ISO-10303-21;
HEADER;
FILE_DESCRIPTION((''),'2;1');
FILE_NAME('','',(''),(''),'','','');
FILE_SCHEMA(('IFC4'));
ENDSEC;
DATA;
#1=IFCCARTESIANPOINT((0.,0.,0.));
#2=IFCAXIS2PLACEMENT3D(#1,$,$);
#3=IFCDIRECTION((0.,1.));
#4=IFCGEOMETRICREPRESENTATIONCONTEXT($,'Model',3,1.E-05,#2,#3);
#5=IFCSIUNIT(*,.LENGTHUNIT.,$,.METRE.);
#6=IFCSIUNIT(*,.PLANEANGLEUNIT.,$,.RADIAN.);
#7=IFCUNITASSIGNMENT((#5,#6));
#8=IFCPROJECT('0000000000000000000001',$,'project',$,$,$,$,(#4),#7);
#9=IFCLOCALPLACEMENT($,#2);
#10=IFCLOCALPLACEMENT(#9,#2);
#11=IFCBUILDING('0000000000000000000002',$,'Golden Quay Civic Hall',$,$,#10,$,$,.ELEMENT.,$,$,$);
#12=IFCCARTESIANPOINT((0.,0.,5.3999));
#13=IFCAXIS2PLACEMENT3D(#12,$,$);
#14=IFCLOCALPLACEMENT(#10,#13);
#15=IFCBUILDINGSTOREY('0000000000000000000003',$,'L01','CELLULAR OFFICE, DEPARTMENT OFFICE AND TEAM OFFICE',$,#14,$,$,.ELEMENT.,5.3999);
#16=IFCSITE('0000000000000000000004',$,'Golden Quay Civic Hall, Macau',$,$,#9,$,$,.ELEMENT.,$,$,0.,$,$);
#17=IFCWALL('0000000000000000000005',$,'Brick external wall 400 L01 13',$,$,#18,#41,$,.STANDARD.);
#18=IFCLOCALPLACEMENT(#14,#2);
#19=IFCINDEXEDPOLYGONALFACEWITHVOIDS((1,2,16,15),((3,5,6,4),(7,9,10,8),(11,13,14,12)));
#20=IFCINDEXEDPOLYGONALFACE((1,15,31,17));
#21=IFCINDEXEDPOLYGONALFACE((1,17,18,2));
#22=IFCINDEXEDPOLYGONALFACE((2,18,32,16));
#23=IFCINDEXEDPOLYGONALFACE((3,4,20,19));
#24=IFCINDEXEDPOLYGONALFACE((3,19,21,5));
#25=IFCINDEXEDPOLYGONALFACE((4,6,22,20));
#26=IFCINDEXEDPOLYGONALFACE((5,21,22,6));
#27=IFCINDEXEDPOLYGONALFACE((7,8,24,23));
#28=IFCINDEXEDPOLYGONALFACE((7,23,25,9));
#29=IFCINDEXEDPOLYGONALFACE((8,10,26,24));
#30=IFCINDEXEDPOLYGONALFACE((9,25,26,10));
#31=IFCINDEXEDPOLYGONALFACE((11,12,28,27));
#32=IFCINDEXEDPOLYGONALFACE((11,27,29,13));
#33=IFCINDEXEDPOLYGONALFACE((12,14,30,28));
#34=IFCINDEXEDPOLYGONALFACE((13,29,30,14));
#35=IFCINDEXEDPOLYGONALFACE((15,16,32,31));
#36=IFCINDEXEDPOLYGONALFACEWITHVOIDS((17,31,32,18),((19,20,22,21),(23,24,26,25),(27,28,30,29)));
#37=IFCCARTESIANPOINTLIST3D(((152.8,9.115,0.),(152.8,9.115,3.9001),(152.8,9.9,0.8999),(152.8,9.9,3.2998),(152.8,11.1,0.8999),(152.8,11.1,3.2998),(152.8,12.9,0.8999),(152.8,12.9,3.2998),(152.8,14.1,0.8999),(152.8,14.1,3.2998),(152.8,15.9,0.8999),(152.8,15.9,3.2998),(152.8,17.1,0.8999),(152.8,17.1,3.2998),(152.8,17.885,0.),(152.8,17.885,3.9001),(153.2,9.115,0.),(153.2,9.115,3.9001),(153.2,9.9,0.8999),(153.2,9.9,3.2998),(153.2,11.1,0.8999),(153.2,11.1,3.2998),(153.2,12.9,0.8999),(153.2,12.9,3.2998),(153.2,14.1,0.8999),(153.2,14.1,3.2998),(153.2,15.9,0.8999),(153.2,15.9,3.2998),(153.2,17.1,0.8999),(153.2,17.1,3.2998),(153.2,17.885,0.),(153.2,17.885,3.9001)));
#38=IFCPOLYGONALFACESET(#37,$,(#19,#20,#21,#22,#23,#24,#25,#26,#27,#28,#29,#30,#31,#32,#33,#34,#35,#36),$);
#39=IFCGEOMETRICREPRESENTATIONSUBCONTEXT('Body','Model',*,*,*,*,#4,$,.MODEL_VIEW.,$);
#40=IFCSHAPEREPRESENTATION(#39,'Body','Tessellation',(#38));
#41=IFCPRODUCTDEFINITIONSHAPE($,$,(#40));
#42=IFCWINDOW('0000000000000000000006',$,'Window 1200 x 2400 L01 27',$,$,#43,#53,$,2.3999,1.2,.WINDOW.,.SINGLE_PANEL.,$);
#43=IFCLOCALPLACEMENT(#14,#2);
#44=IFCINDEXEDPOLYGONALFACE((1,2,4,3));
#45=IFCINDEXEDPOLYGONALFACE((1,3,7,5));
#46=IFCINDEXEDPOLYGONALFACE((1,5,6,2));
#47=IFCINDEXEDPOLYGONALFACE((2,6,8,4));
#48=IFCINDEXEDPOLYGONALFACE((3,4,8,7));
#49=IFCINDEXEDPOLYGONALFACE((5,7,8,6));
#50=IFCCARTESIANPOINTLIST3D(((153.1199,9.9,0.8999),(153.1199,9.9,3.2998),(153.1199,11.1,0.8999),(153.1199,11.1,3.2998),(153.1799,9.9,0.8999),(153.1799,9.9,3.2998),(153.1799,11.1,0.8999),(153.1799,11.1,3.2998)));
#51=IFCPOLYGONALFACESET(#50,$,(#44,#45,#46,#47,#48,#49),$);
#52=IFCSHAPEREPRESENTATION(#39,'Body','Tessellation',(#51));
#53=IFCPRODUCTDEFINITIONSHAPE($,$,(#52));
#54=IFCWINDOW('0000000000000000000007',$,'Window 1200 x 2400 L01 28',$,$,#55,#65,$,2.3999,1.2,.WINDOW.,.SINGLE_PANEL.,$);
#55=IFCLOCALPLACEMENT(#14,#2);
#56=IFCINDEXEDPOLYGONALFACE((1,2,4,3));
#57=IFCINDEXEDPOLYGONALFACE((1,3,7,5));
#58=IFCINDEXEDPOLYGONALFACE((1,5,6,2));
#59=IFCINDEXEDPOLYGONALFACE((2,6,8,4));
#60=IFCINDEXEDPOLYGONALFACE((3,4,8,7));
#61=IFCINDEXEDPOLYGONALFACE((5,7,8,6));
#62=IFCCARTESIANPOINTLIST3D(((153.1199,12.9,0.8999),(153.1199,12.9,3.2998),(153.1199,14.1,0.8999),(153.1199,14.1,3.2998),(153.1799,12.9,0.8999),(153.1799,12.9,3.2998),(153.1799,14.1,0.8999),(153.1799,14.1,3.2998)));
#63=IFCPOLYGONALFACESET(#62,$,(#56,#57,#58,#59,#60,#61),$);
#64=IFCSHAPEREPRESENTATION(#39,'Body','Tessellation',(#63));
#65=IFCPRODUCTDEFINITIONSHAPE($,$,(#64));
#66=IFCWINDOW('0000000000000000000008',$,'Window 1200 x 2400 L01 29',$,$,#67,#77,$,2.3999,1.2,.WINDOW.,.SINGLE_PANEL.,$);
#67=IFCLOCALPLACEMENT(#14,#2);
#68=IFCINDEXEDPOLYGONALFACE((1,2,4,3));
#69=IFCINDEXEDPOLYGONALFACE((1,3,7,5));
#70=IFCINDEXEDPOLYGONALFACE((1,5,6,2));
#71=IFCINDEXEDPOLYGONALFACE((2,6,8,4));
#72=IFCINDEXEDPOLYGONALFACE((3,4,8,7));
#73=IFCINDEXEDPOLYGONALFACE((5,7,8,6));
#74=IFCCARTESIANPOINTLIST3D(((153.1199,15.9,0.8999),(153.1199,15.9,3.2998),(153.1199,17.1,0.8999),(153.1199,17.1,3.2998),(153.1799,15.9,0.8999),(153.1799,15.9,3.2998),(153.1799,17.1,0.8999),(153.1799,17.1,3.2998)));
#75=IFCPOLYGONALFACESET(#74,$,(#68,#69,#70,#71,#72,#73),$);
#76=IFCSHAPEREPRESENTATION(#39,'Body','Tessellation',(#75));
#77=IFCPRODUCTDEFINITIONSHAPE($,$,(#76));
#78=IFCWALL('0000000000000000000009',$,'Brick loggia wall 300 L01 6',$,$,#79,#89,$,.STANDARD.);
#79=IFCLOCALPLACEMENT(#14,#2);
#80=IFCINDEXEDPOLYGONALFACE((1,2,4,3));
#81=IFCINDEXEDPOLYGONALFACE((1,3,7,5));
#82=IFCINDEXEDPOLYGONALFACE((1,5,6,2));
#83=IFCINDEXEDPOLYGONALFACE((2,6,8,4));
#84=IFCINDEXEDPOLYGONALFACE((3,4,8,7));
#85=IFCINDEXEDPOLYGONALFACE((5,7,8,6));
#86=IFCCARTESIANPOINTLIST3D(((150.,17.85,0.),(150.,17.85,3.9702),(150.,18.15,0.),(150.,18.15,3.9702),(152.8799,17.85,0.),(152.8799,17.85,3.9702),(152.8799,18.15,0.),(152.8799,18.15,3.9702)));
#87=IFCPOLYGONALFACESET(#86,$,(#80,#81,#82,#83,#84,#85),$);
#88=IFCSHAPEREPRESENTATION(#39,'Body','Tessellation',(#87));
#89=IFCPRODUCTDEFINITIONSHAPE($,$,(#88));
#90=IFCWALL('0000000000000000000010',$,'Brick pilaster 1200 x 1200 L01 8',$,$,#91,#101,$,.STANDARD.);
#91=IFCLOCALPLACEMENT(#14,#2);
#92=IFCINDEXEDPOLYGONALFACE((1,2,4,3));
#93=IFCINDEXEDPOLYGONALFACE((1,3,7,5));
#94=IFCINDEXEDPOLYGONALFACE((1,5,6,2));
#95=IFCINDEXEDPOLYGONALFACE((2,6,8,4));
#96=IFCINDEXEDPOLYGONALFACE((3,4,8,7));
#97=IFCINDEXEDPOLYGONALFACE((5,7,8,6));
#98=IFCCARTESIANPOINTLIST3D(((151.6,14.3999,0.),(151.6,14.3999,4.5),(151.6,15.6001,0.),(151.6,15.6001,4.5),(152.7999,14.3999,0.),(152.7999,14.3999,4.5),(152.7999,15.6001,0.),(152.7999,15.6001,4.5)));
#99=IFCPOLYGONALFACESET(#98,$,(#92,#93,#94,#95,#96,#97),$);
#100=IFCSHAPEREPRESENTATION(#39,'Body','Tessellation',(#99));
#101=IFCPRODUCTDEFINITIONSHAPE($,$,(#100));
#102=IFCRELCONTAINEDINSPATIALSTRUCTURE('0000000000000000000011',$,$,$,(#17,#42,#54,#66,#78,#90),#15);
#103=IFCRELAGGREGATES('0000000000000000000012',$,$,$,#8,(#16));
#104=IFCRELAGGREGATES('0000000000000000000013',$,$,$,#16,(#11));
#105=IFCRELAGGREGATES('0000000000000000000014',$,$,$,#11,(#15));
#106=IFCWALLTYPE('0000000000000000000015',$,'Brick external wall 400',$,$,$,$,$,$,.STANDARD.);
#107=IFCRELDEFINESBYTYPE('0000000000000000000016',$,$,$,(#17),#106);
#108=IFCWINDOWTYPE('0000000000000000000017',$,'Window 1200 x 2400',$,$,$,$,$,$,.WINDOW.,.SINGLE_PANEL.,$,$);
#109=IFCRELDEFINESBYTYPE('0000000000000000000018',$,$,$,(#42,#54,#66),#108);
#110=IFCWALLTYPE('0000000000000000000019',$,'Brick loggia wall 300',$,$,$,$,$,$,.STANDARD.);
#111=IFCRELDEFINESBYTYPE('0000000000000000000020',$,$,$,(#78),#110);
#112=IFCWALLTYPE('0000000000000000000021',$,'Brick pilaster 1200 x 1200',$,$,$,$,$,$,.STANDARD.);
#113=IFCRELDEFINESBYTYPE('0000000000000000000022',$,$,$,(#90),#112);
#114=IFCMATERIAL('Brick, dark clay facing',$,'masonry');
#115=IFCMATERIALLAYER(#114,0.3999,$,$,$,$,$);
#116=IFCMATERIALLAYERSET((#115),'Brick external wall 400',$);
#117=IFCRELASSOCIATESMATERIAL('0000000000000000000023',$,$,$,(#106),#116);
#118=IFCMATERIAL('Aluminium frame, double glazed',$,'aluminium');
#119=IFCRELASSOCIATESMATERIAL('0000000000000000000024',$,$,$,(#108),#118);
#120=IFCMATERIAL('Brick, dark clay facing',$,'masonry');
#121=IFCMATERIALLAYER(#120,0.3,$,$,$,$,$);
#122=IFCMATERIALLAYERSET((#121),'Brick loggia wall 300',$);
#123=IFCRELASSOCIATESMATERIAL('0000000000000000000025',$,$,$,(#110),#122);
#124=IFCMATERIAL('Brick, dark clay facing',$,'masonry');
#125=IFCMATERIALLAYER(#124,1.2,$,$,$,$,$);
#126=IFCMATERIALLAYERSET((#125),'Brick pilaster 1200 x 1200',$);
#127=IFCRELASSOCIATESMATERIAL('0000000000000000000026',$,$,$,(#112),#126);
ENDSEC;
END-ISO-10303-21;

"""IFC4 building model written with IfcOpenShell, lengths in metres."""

from ifc_helpers import new_model, si_unit, direction, frame, frame_2d, origin, place, context, subcontext, project, spatial, rectangle, extrude, material, layer, layer_set, type_object, element, fill, save


model = new_model("IFC4")

# Units and contexts
model_context = context("Model", 3, precision=1e-05, world=origin(), true_north=direction((0.0, 1.0)))
body_context = subcontext(model_context, "Body", "Model", "MODEL_VIEW")
ifc_project = project(units=[si_unit("LENGTHUNIT", "METRE"), si_unit("PLANEANGLEUNIT", "RADIAN")], contexts=[model_context])

# Site, building, storey
site_placement = place(None, origin())
site = spatial("IfcSite", under=ifc_project, at=site_placement, Name="Golden Quay Civic Hall, Macau", CompositionType="ELEMENT", RefElevation=0.0)
building_placement = place(site_placement, origin())
building = spatial("IfcBuilding", under=site, at=building_placement, Name="Golden Quay Civic Hall", CompositionType="ELEMENT")
storey_placement = place(building_placement, frame((0.0, 0.0, 5.3999)))
storey = spatial("IfcBuildingStorey", under=building, at=storey_placement, Name="L01", Description="CELLULAR OFFICE, DEPARTMENT OFFICE AND TEAM OFFICE", CompositionType="ELEMENT", Elevation=5.3999)

# Wall, openings, windows
ifc_material_1 = material(Name="Brick, dark clay facing", Category="masonry")
ifc_layer_1 = layer(ifc_material_1, 0.3999)
ifc_layer_set_1 = layer_set([ifc_layer_1], Name="Brick external wall 400")
wall_type_1 = type_object("IfcWallType", Name="Brick external wall 400", PredefinedType="STANDARD", material=ifc_layer_set_1)
wall_1_placement = place(storey_placement, frame((153.0, 9.115, 0.0), z_axis=(0.0, 0.0, 1.0), x_axis=(0.0, 1.0, 0.0)))
wall_1 = element("IfcWall", 1, at=wall_1_placement, inside=storey, type_object=wall_type_1, Name="Brick external wall 400 L01 13", PredefinedType="STANDARD", context=body_context, shape_type="SweptSolid", body=[
    extrude(rectangle(XDim=8.77, YDim=0.3999, at=frame_2d((4.385, 0.0))), origin(), (0.0, 0.0, 1.0), 3.9001),
])
opening_1_placement = place(wall_1_placement, frame((0.7849, 0.0, 0.8999)))
opening_1 = element("IfcOpeningElement", 2, at=opening_1_placement, cuts=wall_1, PredefinedType="OPENING", context=body_context, shape_type="SweptSolid", body=[
    extrude(rectangle(XDim=1.2, YDim=2.3999, at=frame_2d((0.6001, 1.2))), frame((0.0, 0.21, 0.0), z_axis=(0.0, -1.0, 0.0), x_axis=(1.0, 0.0, 0.0)), (0.0, 0.0, 1.0), 0.4199),
])
opening_2_placement = place(wall_1_placement, frame((3.7849, 0.0, 0.8999)))
opening_2 = element("IfcOpeningElement", 3, at=opening_2_placement, cuts=wall_1, PredefinedType="OPENING", context=body_context, shape_type="SweptSolid", body=[
    extrude(rectangle(XDim=1.2, YDim=2.3999, at=frame_2d((0.6001, 1.2))), frame((0.0, 0.21, 0.0), z_axis=(0.0, -1.0, 0.0), x_axis=(1.0, 0.0, 0.0)), (0.0, 0.0, 1.0), 0.4199),
])
opening_3_placement = place(wall_1_placement, frame((6.7849, 0.0, 0.8999)))
opening_3 = element("IfcOpeningElement", 4, at=opening_3_placement, cuts=wall_1, PredefinedType="OPENING", context=body_context, shape_type="SweptSolid", body=[
    extrude(rectangle(XDim=1.2, YDim=2.3999, at=frame_2d((0.6001, 1.2))), frame((0.0, 0.21, 0.0), z_axis=(0.0, -1.0, 0.0), x_axis=(1.0, 0.0, 0.0)), (0.0, 0.0, 1.0), 0.4199),
])
ifc_material_2 = material(Name="Aluminium frame, double glazed", Category="aluminium")
window_type = type_object("IfcWindowType", Name="Window 1200 x 2400", PartitioningType="SINGLE_PANEL", PredefinedType="WINDOW", material=ifc_material_2)
window_1_placement = place(opening_1_placement, origin())
window_1 = element("IfcWindow", 5, at=window_1_placement, inside=storey, type_object=window_type, Name="Window 1200 x 2400 L01 27", OverallHeight=2.3999, OverallWidth=1.2, PartitioningType="SINGLE_PANEL", PredefinedType="WINDOW", context=body_context, shape_type="SweptSolid", body=[
    extrude(rectangle(XDim=1.2, YDim=2.3999, at=frame_2d((0.6001, 1.2))), frame((0.0, -0.1199, 0.0), z_axis=(0.0, -1.0, 0.0), x_axis=(1.0, 0.0, 0.0)), (0.0, 0.0, 1.0), 0.0601),
])
fill(opening_1, window_1)
window_2_placement = place(opening_2_placement, origin())
window_2 = element("IfcWindow", 6, at=window_2_placement, inside=storey, type_object=window_type, Name="Window 1200 x 2400 L01 28", OverallHeight=2.3999, OverallWidth=1.2, PartitioningType="SINGLE_PANEL", PredefinedType="WINDOW", context=body_context, shape_type="SweptSolid", body=[
    extrude(rectangle(XDim=1.2, YDim=2.3999, at=frame_2d((0.6001, 1.2))), frame((0.0, -0.1199, 0.0), z_axis=(0.0, -1.0, 0.0), x_axis=(1.0, 0.0, 0.0)), (0.0, 0.0, 1.0), 0.0601),
])
fill(opening_2, window_2)
window_3_placement = place(opening_3_placement, origin())
window_3 = element("IfcWindow", 7, at=window_3_placement, inside=storey, type_object=window_type, Name="Window 1200 x 2400 L01 29", OverallHeight=2.3999, OverallWidth=1.2, PartitioningType="SINGLE_PANEL", PredefinedType="WINDOW", context=body_context, shape_type="SweptSolid", body=[
    extrude(rectangle(XDim=1.2, YDim=2.3999, at=frame_2d((0.6001, 1.2))), frame((0.0, -0.1199, 0.0), z_axis=(0.0, -1.0, 0.0), x_axis=(1.0, 0.0, 0.0)), (0.0, 0.0, 1.0), 0.0601),
])
fill(opening_3, window_3)

# Walls
ifc_material_3 = material(Name="Brick, dark clay facing", Category="masonry")
ifc_layer_2 = layer(ifc_material_3, 0.3)
ifc_layer_set_2 = layer_set([ifc_layer_2], Name="Brick loggia wall 300")
wall_type_2 = type_object("IfcWallType", Name="Brick loggia wall 300", PredefinedType="STANDARD", material=ifc_layer_set_2)
wall_2_placement = place(storey_placement, frame((152.8799, 18.0, 0.0), z_axis=(0.0, 0.0, 1.0), x_axis=(-1.0, 0.0, 0.0)))
element("IfcWall", 8, at=wall_2_placement, inside=storey, type_object=wall_type_2, Name="Brick loggia wall 300 L01 6", PredefinedType="STANDARD", context=body_context, shape_type="SweptSolid", body=[
    extrude(rectangle(XDim=2.8799, YDim=0.3, at=frame_2d((1.4399, 0.0))), origin(), (0.0, 0.0, 1.0), 3.9702),
])
ifc_material_4 = material(Name="Brick, dark clay facing", Category="masonry")
ifc_layer_3 = layer(ifc_material_4, 1.2)
ifc_layer_set_3 = layer_set([ifc_layer_3], Name="Brick pilaster 1200 x 1200")
wall_type_3 = type_object("IfcWallType", Name="Brick pilaster 1200 x 1200", PredefinedType="STANDARD", material=ifc_layer_set_3)
wall_3_placement = place(storey_placement, frame((152.2, 14.3999, 0.0), z_axis=(0.0, 0.0, 1.0), x_axis=(0.0, 1.0, 0.0)))
element("IfcWall", 9, at=wall_3_placement, inside=storey, type_object=wall_type_3, Name="Brick pilaster 1200 x 1200 L01 8", PredefinedType="STANDARD", context=body_context, shape_type="SweptSolid", body=[
    extrude(rectangle(XDim=1.2002, YDim=1.2, at=frame_2d((0.6001, 0.0))), origin(), (0.0, 0.0, 1.0), 4.5),
])

save(model, "model.ifc")
